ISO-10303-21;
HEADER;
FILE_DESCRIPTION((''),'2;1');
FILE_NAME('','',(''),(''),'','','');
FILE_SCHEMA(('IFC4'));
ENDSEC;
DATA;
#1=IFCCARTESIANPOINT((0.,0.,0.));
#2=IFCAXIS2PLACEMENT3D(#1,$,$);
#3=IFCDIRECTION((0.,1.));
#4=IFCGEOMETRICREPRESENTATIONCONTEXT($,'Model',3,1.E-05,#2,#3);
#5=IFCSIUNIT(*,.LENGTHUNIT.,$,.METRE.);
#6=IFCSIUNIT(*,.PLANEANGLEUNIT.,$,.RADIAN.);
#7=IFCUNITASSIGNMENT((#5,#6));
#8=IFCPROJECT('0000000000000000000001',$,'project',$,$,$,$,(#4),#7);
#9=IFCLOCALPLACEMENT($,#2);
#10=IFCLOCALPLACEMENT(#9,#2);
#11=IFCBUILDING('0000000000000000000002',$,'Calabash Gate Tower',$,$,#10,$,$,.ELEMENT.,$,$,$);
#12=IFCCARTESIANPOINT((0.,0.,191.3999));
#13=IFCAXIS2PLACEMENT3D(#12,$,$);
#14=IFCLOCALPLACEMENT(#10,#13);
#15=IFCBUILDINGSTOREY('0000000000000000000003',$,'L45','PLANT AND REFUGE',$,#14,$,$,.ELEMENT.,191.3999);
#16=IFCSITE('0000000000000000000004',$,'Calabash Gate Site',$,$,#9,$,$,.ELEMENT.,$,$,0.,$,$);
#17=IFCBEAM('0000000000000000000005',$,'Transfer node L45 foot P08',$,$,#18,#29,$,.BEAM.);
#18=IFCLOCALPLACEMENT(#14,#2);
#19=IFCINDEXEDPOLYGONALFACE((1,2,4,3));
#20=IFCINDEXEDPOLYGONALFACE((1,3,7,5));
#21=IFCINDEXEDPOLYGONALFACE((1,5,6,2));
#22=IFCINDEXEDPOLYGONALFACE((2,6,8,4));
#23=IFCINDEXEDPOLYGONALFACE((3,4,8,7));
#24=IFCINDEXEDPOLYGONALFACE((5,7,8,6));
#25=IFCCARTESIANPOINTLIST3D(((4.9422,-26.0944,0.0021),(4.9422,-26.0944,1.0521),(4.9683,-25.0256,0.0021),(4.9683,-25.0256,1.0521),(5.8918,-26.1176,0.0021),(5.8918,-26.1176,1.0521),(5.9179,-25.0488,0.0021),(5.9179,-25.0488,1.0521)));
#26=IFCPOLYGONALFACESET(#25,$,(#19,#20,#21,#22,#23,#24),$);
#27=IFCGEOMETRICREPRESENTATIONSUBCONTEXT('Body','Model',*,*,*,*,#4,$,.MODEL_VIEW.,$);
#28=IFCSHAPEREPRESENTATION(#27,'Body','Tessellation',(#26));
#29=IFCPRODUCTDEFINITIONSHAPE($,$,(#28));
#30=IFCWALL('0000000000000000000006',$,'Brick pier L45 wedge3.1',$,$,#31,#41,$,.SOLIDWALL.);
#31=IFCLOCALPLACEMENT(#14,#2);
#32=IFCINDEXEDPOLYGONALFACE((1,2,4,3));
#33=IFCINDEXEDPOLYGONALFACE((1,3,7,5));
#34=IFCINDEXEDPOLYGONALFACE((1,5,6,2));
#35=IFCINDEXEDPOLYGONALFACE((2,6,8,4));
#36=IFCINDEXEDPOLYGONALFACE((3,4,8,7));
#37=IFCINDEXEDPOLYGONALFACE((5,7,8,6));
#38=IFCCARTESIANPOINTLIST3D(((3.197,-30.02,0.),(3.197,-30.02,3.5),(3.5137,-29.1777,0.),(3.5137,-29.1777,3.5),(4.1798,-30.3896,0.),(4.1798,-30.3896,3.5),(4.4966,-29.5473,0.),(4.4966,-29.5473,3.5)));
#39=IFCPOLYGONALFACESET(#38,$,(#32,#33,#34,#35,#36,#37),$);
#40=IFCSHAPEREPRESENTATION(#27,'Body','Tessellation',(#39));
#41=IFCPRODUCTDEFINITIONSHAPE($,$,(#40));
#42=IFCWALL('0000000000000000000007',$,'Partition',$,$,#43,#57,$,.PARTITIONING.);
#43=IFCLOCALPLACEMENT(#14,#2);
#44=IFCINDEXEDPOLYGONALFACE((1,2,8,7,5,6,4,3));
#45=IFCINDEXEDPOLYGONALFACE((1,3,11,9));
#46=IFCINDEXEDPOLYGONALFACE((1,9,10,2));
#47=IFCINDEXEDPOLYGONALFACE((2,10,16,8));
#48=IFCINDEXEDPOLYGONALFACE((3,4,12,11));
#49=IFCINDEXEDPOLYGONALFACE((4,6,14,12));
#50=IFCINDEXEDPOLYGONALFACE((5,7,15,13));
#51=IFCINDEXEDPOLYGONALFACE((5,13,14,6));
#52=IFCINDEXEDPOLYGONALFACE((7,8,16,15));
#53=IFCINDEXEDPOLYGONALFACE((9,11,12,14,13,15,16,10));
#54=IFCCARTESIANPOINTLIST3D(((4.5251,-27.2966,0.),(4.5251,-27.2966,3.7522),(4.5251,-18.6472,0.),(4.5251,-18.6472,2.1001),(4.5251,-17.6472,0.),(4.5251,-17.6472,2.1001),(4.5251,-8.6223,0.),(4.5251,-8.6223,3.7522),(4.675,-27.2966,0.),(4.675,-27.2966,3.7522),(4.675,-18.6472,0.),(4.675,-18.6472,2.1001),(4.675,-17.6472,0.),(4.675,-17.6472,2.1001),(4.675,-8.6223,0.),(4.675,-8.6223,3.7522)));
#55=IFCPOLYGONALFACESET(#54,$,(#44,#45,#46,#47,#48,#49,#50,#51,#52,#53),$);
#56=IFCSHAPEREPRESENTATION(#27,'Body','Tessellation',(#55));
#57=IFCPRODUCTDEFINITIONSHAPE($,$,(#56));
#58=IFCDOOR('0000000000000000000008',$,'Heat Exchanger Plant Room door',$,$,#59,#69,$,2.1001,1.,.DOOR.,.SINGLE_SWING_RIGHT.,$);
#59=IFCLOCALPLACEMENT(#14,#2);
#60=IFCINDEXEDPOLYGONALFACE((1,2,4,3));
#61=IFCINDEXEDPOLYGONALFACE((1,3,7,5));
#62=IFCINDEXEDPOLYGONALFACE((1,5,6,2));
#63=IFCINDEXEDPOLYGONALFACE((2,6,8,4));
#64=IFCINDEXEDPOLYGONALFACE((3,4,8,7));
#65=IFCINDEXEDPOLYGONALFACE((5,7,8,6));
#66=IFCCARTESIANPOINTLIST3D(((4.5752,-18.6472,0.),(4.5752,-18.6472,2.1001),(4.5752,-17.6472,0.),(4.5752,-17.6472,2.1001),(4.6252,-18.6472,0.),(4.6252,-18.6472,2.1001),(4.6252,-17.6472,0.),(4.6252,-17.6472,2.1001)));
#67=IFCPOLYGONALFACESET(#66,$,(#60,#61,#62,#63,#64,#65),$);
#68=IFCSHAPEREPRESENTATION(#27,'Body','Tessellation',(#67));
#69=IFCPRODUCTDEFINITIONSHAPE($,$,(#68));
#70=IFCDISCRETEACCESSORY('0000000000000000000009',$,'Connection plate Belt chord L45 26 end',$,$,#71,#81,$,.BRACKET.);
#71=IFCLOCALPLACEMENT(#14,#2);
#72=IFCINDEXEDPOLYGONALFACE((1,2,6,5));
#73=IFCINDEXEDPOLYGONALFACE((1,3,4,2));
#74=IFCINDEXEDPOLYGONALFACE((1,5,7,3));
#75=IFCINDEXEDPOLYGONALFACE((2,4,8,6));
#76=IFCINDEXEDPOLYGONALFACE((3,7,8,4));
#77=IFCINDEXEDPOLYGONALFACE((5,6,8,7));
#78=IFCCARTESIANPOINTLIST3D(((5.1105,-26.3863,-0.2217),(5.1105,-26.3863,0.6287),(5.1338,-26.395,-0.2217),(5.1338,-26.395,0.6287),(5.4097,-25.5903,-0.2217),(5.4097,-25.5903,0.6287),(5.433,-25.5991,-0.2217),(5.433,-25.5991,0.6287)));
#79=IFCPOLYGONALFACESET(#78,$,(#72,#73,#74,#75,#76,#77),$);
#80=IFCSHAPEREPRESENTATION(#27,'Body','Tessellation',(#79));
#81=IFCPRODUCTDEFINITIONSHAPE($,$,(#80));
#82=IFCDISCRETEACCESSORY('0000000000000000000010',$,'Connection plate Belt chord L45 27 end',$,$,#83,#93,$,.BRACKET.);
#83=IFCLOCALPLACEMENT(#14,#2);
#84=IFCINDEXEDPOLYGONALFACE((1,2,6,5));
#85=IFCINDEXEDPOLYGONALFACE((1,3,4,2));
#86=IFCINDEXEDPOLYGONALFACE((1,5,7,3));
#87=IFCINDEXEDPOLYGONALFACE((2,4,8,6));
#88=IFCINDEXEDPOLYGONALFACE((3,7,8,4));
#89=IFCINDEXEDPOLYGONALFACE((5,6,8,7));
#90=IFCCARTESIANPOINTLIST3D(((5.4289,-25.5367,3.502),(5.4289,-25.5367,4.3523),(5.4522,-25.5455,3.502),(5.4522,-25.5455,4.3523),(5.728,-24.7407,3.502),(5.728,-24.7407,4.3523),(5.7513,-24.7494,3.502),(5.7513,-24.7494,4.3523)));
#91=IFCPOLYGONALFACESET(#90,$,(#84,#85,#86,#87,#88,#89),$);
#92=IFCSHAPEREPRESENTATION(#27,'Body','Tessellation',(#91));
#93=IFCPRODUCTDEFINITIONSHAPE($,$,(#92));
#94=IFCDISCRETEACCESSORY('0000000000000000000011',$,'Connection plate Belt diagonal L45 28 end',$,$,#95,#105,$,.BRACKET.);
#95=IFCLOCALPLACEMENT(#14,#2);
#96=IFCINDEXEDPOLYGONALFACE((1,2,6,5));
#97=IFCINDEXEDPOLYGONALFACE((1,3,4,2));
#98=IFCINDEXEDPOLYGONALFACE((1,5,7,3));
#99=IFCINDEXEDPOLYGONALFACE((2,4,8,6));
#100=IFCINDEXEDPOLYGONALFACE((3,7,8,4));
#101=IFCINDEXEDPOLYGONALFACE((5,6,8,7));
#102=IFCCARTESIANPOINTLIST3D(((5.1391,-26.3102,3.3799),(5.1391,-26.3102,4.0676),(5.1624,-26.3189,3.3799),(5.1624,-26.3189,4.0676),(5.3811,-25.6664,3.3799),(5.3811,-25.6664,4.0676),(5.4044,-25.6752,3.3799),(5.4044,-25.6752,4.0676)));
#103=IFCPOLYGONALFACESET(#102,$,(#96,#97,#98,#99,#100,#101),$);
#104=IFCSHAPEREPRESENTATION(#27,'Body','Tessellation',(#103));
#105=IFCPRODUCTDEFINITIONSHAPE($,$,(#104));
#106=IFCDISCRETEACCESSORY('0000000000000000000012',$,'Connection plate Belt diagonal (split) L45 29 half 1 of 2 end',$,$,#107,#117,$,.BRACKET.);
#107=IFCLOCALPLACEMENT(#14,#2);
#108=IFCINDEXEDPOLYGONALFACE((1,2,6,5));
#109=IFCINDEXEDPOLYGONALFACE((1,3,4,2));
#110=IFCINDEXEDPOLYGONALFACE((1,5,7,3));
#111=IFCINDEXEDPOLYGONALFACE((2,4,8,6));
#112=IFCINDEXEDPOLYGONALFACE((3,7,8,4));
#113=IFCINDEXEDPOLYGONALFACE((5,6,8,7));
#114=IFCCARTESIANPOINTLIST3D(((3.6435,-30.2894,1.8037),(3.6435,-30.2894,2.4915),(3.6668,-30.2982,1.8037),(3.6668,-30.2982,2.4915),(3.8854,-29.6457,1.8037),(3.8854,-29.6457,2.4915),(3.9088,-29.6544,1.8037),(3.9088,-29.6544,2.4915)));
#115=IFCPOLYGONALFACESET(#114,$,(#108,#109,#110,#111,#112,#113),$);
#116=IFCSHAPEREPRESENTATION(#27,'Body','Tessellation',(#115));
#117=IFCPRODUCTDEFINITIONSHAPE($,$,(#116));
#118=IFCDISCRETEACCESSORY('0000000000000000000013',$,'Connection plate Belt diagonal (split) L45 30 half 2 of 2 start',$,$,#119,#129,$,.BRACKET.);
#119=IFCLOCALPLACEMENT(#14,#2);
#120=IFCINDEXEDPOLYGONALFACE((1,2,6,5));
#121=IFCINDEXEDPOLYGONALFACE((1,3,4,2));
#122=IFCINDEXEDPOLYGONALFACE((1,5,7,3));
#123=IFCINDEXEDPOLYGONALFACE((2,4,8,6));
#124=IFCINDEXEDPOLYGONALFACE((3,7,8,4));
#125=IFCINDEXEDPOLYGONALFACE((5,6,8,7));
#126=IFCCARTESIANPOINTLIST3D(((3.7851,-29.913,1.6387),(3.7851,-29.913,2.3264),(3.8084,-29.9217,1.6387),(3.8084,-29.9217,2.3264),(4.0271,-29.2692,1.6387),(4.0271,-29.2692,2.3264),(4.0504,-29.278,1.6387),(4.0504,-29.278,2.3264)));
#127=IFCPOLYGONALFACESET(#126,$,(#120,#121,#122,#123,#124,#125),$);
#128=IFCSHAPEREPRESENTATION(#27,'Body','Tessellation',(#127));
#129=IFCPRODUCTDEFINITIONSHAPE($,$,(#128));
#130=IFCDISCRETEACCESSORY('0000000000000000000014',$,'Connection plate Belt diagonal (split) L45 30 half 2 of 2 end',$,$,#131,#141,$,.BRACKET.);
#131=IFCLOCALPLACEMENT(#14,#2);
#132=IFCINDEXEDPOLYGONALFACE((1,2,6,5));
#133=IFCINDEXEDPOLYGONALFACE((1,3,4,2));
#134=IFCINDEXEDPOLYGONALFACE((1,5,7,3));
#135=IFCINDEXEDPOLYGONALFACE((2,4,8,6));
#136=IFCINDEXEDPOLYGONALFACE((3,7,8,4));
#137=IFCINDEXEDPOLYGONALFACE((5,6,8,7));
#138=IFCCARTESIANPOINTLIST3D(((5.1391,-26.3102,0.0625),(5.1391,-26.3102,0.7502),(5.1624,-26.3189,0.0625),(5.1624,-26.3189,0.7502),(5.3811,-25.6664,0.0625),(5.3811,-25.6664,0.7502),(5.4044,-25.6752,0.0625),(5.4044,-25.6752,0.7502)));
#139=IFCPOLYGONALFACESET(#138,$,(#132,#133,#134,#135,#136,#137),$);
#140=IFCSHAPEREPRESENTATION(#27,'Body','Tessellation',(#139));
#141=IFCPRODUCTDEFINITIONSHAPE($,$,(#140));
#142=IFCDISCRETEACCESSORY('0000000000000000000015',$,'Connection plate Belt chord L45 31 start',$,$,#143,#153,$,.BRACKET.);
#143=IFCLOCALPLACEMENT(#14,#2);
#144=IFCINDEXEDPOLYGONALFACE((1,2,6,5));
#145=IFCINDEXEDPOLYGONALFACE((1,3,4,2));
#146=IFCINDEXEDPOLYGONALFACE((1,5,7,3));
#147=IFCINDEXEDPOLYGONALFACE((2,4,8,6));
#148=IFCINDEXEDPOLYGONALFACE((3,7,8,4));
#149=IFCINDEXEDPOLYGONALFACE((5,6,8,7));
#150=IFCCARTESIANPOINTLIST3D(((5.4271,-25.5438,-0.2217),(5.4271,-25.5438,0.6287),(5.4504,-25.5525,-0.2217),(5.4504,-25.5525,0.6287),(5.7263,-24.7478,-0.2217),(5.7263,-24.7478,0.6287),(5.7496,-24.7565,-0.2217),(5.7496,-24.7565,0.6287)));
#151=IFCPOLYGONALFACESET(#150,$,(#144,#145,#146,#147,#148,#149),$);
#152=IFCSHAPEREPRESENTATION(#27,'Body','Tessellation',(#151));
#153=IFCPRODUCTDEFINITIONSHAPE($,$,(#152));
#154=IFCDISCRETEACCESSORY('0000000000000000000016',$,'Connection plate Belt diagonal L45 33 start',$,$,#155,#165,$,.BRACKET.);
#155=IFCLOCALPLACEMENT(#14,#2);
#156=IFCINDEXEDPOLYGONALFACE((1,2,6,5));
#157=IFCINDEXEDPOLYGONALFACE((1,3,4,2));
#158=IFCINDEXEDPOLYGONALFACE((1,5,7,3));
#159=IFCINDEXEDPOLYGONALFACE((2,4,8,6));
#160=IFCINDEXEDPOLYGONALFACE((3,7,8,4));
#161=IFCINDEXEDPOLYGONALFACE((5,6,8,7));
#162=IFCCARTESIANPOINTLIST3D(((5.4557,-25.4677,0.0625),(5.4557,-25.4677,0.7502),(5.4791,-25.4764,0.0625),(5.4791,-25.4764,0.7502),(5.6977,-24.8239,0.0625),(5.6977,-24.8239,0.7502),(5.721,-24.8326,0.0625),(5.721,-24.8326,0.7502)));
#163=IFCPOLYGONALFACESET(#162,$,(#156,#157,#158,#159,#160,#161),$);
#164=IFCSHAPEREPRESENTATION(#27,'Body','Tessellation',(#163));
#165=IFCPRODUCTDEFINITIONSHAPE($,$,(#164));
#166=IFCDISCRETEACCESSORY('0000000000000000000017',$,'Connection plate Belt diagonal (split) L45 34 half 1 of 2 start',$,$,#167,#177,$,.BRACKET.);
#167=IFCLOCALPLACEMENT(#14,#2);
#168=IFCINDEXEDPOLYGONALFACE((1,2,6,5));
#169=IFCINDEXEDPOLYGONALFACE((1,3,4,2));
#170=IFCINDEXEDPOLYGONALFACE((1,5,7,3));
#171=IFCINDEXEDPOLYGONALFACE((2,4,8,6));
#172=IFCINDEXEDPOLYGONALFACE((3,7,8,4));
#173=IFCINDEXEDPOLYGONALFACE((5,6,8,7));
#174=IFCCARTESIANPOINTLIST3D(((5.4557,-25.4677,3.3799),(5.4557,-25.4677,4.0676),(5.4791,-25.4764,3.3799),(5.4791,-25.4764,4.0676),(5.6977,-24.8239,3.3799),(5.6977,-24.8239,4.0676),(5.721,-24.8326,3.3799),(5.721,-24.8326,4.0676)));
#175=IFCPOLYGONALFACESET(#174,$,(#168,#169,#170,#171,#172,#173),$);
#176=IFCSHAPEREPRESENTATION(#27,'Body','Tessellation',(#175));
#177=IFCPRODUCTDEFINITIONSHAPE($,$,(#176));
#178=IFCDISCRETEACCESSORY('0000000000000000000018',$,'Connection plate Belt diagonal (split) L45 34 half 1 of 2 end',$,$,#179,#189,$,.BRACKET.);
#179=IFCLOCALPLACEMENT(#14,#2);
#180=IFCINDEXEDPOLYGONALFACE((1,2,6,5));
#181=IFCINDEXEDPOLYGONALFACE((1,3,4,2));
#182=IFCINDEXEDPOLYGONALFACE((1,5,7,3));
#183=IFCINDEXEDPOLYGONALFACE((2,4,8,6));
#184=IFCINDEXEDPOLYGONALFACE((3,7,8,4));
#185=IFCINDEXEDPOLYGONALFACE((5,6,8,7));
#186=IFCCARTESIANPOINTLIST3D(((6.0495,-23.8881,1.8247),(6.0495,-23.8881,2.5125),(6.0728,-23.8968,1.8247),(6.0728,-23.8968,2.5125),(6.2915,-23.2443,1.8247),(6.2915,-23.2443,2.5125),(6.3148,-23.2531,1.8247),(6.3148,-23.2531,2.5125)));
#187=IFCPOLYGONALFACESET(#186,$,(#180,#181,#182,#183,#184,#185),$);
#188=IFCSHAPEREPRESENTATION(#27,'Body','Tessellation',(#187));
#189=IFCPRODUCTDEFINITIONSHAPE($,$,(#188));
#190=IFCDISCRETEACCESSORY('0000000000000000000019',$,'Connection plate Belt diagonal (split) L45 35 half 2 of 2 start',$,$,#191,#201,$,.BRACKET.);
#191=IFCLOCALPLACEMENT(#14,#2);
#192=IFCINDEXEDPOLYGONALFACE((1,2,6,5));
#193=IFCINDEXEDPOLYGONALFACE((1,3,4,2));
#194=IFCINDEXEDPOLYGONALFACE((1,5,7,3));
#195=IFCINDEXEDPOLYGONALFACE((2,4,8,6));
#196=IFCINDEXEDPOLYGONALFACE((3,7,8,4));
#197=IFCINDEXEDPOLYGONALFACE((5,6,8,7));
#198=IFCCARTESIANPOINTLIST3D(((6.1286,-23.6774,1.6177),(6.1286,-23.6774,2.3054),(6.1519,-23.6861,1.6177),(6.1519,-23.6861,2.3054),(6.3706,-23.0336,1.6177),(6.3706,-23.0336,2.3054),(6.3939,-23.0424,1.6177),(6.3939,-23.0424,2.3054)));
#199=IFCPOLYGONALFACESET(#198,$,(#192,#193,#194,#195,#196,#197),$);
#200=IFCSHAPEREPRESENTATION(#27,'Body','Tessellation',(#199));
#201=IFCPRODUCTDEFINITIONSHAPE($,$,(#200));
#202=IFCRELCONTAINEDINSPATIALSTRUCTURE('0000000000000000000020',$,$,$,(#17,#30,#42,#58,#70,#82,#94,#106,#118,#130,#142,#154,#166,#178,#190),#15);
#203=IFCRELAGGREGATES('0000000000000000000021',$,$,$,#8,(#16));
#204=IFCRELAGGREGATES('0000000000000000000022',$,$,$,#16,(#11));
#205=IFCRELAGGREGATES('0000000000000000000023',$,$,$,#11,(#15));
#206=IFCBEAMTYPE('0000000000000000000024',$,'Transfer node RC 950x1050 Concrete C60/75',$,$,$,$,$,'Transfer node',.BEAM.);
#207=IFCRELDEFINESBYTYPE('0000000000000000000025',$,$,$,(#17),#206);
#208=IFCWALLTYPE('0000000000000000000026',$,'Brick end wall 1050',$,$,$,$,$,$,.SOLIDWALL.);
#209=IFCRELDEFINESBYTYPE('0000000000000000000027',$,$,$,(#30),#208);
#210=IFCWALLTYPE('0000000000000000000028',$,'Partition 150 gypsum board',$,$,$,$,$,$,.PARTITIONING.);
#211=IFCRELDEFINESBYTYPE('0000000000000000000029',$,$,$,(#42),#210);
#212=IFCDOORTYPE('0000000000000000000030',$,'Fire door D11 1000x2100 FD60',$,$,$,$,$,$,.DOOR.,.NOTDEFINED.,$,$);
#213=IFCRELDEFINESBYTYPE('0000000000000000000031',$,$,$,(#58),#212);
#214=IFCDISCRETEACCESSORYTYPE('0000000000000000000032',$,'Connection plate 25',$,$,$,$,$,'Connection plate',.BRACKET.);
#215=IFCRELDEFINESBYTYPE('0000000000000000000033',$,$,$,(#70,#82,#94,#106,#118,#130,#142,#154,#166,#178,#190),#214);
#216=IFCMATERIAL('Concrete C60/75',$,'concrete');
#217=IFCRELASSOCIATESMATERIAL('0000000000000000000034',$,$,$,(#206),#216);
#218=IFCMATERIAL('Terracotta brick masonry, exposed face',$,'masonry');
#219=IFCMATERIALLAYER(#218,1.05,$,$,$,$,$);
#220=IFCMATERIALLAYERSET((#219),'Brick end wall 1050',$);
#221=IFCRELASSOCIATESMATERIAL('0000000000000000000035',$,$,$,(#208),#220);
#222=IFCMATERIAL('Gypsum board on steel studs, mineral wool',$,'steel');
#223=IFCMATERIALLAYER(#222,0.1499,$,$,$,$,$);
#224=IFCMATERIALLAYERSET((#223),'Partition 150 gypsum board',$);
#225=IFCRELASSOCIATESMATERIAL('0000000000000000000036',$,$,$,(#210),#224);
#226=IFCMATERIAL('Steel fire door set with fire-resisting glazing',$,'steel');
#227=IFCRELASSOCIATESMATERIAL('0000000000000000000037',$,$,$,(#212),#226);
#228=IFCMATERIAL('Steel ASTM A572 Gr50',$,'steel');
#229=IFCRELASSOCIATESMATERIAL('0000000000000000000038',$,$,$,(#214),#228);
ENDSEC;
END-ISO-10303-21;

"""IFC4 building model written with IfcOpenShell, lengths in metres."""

from ifc_helpers import new_model, si_unit, direction, frame, frame_2d, origin, origin_2d, place, context, subcontext, project, spatial, rectangle, extrude, material, layer, layer_set, material_profile, profile_set, type_object, element, fill, save


model = new_model("IFC4")

# Units and contexts
model_context = context("Model", 3, precision=1e-05, world=origin(), true_north=direction((0.0, 1.0)))
body_context = subcontext(model_context, "Body", "Model", "MODEL_VIEW")
ifc_project = project(units=[si_unit("LENGTHUNIT", "METRE"), si_unit("PLANEANGLEUNIT", "RADIAN")], contexts=[model_context])

# Site, building, storey
site_placement = place(None, origin())
site = spatial("IfcSite", under=ifc_project, at=site_placement, Name="Calabash Gate Site", CompositionType="ELEMENT", RefElevation=0.0)
building_placement = place(site_placement, origin())
building = spatial("IfcBuilding", under=site, at=building_placement, Name="Calabash Gate Tower", CompositionType="ELEMENT")
storey_placement = place(building_placement, frame((0.0, 0.0, 191.3999)))
storey = spatial("IfcBuildingStorey", under=building, at=storey_placement, Name="L45", Description="PLANT AND REFUGE", CompositionType="ELEMENT", Elevation=191.3999)

# Beam
ifc_material_1 = material(Name="Concrete C60/75", Category="concrete")
ifc_material_profile_1 = material_profile(ifc_material_1, rectangle(XDim=0.95, YDim=1.05, at=origin_2d()))
ifc_profile_set_1 = profile_set([ifc_material_profile_1], Name="Concrete C60/75")
beam_type_1 = type_object("IfcBeamType", Name="Transfer node RC 950x1050 Concrete C60/75", ElementType="Transfer node", PredefinedType="BEAM", material=ifc_profile_set_1)
beam_1_placement = place(storey_placement, frame((5.417, -26.106, 0.5271), z_axis=(0.024433, 0.999701, 0.0), x_axis=(-0.999701, 0.024433, 0.0)))
element("IfcBeam", 1, at=beam_1_placement, inside=storey, type_object=beam_type_1, Name="Transfer node L45 foot P08", PredefinedType="BEAM", context=body_context, shape_type="SweptSolid", body=[
    extrude(rectangle(XDim=0.95, YDim=1.05, at=origin_2d()), origin(), (0.0, 0.0, 1.0), 1.0691),
])

# Wall
ifc_material_2 = material(Name="Terracotta brick masonry, exposed face", Category="masonry")
ifc_layer_1 = layer(ifc_material_2, 1.05)
ifc_layer_set_1 = layer_set([ifc_layer_1], Name="Brick end wall 1050")
wall_type_1 = type_object("IfcWallType", Name="Brick end wall 1050", PredefinedType="SOLIDWALL", material=ifc_layer_set_1)
wall_1_placement = place(storey_placement, frame((3.3555, -29.5989, 0.0), z_axis=(0.0, 0.0, 1.0), x_axis=(0.936004, -0.35199, 0.0)))
element("IfcWall", 2, at=wall_1_placement, inside=storey, type_object=wall_type_1, Name="Brick pier L45 wedge3.1", PredefinedType="SOLIDWALL", context=body_context, shape_type="SweptSolid", body=[
    extrude(rectangle(XDim=1.05, YDim=0.8999, at=frame_2d((0.5249, 0.0))), origin(), (0.0, 0.0, 1.0), 3.5),
])

# Wall, opening, door
ifc_material_3 = material(Name="Gypsum board on steel studs, mineral wool", Category="steel")
ifc_layer_2 = layer(ifc_material_3, 0.1499)
ifc_layer_set_2 = layer_set([ifc_layer_2], Name="Partition 150 gypsum board")
wall_type_2 = type_object("IfcWallType", Name="Partition 150 gypsum board", PredefinedType="PARTITIONING", material=ifc_layer_set_2)
wall_2_placement = place(storey_placement, frame((4.6001, -27.2966, 0.0), z_axis=(0.0, 0.0, 1.0), x_axis=(0.0, 1.0, 0.0)))
wall_2 = element("IfcWall", 3, at=wall_2_placement, inside=storey, type_object=wall_type_2, Name="Partition", PredefinedType="PARTITIONING", context=body_context, shape_type="SweptSolid", body=[
    extrude(rectangle(XDim=18.6743, YDim=0.1499, at=frame_2d((9.3372, 0.0))), origin(), (0.0, 0.0, 1.0), 3.7522),
])
opening_placement = place(wall_2_placement, frame((8.6494, 0.0, 0.0)))
opening = element("IfcOpeningElement", 4, at=opening_placement, cuts=wall_2, PredefinedType="OPENING", context=body_context, shape_type="SweptSolid", body=[
    extrude(rectangle(XDim=1.0, YDim=2.1001, at=frame_2d((0.5, 1.05))), frame((0.0, 0.085, 0.0), z_axis=(0.0, -1.0, 0.0), x_axis=(1.0, 0.0, 0.0)), (0.0, 0.0, 1.0), 0.1699),
])
ifc_material_4 = material(Name="Steel fire door set with fire-resisting glazing", Category="steel")
door_type = type_object("IfcDoorType", Name="Fire door D11 1000x2100 FD60", OperationType="NOTDEFINED", PredefinedType="DOOR", material=ifc_material_4)
door_placement = place(opening_placement, origin())
door = element("IfcDoor", 5, at=door_placement, inside=storey, type_object=door_type, Name="Heat Exchanger Plant Room door", OperationType="SINGLE_SWING_RIGHT", OverallHeight=2.1001, OverallWidth=1.0, PredefinedType="DOOR", context=body_context, shape_type="SweptSolid", body=[
    extrude(rectangle(XDim=1.0, YDim=2.1001, at=frame_2d((0.5, 1.05))), frame((0.0, 0.0249, 0.0), z_axis=(0.0, -1.0, 0.0), x_axis=(1.0, 0.0, 0.0)), (0.0, 0.0, 1.0), 0.05),
])
fill(opening, door)

# Discrete accessories
ifc_material_5 = material(Name="Steel ASTM A572 Gr50", Category="steel")
discrete_accessory_type = type_object("IfcDiscreteAccessoryType", Name="Connection plate 25", ElementType="Connection plate", PredefinedType="BRACKET", material=ifc_material_5)
for number, where, z_axis, x_axis, name in (
    (6, (5.2717, -25.9927, -0.2217), (0.0, 0.0, 1.0), (0.351823, 0.936067, 0.0), "Connection plate Belt chord L45 26 end"),
    (7, (5.5901, -25.1431, 3.502), (0.0, 0.0, 1.0), (0.351716, 0.936107, 0.0), "Connection plate Belt chord L45 27 end"),
):
    element("IfcDiscreteAccessory", number, at=place(storey_placement, frame(where, z_axis=z_axis, x_axis=x_axis)), inside=storey, type_object=discrete_accessory_type, Name=name, PredefinedType="BRACKET", context=body_context, shape_type="SweptSolid", body=[
        extrude(rectangle(XDim=0.8503, YDim=0.0249, at=origin_2d()), origin(), (0.0, 0.0, 1.0), 0.8503),
    ])
for number, where, z_axis, x_axis, name in (
    (8, (5.2717, -25.9927, 3.3799), (0.0, 0.0, 1.0), (0.351823, 0.936067, 0.0), "Connection plate Belt diagonal L45 28 end"),
    (9, (3.7761, -29.9719, 1.8037), (0.0, 0.0, 1.0), (0.351823, 0.936067, 0.0), "Connection plate Belt diagonal (split) L45 29 half 1 of 2 end"),
    (10, (3.9177, -29.5955, 1.6387), (0.0, 0.0, 1.0), (0.351823, 0.936067, 0.0), "Connection plate Belt diagonal (split) L45 30 half 2 of 2 start"),
    (11, (5.2717, -25.9927, 0.0625), (0.0, 0.0, 1.0), (0.351823, 0.936067, 0.0), "Connection plate Belt diagonal (split) L45 30 half 2 of 2 end"),
):
    element("IfcDiscreteAccessory", number, at=place(storey_placement, frame(where, z_axis=z_axis, x_axis=x_axis)), inside=storey, type_object=discrete_accessory_type, Name=name, PredefinedType="BRACKET", context=body_context, shape_type="SweptSolid", body=[
        extrude(rectangle(XDim=0.6877, YDim=0.0249, at=origin_2d()), origin(), (0.0, 0.0, 1.0), 0.6877),
    ])
discrete_accessory_placement = place(storey_placement, frame((5.5884, -25.1501, -0.2217), z_axis=(0.0, 0.0, 1.0), x_axis=(0.351822, 0.936067, 0.0)))
element("IfcDiscreteAccessory", 12, at=discrete_accessory_placement, inside=storey, type_object=discrete_accessory_type, Name="Connection plate Belt chord L45 31 start", PredefinedType="BRACKET", context=body_context, shape_type="SweptSolid", body=[
    extrude(rectangle(XDim=0.8503, YDim=0.0249, at=origin_2d()), origin(), (0.0, 0.0, 1.0), 0.8503),
])
for number, where, z_axis, x_axis, name in (
    (13, (5.5884, -25.1501, 0.0625), (0.0, 0.0, 1.0), (0.351822, 0.936067, 0.0), "Connection plate Belt diagonal L45 33 start"),
    (14, (5.5884, -25.1501, 3.3799), (0.0, 0.0, 1.0), (0.351823, 0.936067, 0.0), "Connection plate Belt diagonal (split) L45 34 half 1 of 2 start"),
    (15, (6.1821, -23.5706, 1.8247), (0.0, 0.0, 1.0), (0.351823, 0.936067, 0.0), "Connection plate Belt diagonal (split) L45 34 half 1 of 2 end"),
    (16, (6.2612, -23.3599, 1.6177), (0.0, 0.0, 1.0), (0.351823, 0.936067, 0.0), "Connection plate Belt diagonal (split) L45 35 half 2 of 2 start"),
):
    element("IfcDiscreteAccessory", number, at=place(storey_placement, frame(where, z_axis=z_axis, x_axis=x_axis)), inside=storey, type_object=discrete_accessory_type, Name=name, PredefinedType="BRACKET", context=body_context, shape_type="SweptSolid", body=[
        extrude(rectangle(XDim=0.6877, YDim=0.0249, at=origin_2d()), origin(), (0.0, 0.0, 1.0), 0.6877),
    ])

save(model, "model.ifc")
